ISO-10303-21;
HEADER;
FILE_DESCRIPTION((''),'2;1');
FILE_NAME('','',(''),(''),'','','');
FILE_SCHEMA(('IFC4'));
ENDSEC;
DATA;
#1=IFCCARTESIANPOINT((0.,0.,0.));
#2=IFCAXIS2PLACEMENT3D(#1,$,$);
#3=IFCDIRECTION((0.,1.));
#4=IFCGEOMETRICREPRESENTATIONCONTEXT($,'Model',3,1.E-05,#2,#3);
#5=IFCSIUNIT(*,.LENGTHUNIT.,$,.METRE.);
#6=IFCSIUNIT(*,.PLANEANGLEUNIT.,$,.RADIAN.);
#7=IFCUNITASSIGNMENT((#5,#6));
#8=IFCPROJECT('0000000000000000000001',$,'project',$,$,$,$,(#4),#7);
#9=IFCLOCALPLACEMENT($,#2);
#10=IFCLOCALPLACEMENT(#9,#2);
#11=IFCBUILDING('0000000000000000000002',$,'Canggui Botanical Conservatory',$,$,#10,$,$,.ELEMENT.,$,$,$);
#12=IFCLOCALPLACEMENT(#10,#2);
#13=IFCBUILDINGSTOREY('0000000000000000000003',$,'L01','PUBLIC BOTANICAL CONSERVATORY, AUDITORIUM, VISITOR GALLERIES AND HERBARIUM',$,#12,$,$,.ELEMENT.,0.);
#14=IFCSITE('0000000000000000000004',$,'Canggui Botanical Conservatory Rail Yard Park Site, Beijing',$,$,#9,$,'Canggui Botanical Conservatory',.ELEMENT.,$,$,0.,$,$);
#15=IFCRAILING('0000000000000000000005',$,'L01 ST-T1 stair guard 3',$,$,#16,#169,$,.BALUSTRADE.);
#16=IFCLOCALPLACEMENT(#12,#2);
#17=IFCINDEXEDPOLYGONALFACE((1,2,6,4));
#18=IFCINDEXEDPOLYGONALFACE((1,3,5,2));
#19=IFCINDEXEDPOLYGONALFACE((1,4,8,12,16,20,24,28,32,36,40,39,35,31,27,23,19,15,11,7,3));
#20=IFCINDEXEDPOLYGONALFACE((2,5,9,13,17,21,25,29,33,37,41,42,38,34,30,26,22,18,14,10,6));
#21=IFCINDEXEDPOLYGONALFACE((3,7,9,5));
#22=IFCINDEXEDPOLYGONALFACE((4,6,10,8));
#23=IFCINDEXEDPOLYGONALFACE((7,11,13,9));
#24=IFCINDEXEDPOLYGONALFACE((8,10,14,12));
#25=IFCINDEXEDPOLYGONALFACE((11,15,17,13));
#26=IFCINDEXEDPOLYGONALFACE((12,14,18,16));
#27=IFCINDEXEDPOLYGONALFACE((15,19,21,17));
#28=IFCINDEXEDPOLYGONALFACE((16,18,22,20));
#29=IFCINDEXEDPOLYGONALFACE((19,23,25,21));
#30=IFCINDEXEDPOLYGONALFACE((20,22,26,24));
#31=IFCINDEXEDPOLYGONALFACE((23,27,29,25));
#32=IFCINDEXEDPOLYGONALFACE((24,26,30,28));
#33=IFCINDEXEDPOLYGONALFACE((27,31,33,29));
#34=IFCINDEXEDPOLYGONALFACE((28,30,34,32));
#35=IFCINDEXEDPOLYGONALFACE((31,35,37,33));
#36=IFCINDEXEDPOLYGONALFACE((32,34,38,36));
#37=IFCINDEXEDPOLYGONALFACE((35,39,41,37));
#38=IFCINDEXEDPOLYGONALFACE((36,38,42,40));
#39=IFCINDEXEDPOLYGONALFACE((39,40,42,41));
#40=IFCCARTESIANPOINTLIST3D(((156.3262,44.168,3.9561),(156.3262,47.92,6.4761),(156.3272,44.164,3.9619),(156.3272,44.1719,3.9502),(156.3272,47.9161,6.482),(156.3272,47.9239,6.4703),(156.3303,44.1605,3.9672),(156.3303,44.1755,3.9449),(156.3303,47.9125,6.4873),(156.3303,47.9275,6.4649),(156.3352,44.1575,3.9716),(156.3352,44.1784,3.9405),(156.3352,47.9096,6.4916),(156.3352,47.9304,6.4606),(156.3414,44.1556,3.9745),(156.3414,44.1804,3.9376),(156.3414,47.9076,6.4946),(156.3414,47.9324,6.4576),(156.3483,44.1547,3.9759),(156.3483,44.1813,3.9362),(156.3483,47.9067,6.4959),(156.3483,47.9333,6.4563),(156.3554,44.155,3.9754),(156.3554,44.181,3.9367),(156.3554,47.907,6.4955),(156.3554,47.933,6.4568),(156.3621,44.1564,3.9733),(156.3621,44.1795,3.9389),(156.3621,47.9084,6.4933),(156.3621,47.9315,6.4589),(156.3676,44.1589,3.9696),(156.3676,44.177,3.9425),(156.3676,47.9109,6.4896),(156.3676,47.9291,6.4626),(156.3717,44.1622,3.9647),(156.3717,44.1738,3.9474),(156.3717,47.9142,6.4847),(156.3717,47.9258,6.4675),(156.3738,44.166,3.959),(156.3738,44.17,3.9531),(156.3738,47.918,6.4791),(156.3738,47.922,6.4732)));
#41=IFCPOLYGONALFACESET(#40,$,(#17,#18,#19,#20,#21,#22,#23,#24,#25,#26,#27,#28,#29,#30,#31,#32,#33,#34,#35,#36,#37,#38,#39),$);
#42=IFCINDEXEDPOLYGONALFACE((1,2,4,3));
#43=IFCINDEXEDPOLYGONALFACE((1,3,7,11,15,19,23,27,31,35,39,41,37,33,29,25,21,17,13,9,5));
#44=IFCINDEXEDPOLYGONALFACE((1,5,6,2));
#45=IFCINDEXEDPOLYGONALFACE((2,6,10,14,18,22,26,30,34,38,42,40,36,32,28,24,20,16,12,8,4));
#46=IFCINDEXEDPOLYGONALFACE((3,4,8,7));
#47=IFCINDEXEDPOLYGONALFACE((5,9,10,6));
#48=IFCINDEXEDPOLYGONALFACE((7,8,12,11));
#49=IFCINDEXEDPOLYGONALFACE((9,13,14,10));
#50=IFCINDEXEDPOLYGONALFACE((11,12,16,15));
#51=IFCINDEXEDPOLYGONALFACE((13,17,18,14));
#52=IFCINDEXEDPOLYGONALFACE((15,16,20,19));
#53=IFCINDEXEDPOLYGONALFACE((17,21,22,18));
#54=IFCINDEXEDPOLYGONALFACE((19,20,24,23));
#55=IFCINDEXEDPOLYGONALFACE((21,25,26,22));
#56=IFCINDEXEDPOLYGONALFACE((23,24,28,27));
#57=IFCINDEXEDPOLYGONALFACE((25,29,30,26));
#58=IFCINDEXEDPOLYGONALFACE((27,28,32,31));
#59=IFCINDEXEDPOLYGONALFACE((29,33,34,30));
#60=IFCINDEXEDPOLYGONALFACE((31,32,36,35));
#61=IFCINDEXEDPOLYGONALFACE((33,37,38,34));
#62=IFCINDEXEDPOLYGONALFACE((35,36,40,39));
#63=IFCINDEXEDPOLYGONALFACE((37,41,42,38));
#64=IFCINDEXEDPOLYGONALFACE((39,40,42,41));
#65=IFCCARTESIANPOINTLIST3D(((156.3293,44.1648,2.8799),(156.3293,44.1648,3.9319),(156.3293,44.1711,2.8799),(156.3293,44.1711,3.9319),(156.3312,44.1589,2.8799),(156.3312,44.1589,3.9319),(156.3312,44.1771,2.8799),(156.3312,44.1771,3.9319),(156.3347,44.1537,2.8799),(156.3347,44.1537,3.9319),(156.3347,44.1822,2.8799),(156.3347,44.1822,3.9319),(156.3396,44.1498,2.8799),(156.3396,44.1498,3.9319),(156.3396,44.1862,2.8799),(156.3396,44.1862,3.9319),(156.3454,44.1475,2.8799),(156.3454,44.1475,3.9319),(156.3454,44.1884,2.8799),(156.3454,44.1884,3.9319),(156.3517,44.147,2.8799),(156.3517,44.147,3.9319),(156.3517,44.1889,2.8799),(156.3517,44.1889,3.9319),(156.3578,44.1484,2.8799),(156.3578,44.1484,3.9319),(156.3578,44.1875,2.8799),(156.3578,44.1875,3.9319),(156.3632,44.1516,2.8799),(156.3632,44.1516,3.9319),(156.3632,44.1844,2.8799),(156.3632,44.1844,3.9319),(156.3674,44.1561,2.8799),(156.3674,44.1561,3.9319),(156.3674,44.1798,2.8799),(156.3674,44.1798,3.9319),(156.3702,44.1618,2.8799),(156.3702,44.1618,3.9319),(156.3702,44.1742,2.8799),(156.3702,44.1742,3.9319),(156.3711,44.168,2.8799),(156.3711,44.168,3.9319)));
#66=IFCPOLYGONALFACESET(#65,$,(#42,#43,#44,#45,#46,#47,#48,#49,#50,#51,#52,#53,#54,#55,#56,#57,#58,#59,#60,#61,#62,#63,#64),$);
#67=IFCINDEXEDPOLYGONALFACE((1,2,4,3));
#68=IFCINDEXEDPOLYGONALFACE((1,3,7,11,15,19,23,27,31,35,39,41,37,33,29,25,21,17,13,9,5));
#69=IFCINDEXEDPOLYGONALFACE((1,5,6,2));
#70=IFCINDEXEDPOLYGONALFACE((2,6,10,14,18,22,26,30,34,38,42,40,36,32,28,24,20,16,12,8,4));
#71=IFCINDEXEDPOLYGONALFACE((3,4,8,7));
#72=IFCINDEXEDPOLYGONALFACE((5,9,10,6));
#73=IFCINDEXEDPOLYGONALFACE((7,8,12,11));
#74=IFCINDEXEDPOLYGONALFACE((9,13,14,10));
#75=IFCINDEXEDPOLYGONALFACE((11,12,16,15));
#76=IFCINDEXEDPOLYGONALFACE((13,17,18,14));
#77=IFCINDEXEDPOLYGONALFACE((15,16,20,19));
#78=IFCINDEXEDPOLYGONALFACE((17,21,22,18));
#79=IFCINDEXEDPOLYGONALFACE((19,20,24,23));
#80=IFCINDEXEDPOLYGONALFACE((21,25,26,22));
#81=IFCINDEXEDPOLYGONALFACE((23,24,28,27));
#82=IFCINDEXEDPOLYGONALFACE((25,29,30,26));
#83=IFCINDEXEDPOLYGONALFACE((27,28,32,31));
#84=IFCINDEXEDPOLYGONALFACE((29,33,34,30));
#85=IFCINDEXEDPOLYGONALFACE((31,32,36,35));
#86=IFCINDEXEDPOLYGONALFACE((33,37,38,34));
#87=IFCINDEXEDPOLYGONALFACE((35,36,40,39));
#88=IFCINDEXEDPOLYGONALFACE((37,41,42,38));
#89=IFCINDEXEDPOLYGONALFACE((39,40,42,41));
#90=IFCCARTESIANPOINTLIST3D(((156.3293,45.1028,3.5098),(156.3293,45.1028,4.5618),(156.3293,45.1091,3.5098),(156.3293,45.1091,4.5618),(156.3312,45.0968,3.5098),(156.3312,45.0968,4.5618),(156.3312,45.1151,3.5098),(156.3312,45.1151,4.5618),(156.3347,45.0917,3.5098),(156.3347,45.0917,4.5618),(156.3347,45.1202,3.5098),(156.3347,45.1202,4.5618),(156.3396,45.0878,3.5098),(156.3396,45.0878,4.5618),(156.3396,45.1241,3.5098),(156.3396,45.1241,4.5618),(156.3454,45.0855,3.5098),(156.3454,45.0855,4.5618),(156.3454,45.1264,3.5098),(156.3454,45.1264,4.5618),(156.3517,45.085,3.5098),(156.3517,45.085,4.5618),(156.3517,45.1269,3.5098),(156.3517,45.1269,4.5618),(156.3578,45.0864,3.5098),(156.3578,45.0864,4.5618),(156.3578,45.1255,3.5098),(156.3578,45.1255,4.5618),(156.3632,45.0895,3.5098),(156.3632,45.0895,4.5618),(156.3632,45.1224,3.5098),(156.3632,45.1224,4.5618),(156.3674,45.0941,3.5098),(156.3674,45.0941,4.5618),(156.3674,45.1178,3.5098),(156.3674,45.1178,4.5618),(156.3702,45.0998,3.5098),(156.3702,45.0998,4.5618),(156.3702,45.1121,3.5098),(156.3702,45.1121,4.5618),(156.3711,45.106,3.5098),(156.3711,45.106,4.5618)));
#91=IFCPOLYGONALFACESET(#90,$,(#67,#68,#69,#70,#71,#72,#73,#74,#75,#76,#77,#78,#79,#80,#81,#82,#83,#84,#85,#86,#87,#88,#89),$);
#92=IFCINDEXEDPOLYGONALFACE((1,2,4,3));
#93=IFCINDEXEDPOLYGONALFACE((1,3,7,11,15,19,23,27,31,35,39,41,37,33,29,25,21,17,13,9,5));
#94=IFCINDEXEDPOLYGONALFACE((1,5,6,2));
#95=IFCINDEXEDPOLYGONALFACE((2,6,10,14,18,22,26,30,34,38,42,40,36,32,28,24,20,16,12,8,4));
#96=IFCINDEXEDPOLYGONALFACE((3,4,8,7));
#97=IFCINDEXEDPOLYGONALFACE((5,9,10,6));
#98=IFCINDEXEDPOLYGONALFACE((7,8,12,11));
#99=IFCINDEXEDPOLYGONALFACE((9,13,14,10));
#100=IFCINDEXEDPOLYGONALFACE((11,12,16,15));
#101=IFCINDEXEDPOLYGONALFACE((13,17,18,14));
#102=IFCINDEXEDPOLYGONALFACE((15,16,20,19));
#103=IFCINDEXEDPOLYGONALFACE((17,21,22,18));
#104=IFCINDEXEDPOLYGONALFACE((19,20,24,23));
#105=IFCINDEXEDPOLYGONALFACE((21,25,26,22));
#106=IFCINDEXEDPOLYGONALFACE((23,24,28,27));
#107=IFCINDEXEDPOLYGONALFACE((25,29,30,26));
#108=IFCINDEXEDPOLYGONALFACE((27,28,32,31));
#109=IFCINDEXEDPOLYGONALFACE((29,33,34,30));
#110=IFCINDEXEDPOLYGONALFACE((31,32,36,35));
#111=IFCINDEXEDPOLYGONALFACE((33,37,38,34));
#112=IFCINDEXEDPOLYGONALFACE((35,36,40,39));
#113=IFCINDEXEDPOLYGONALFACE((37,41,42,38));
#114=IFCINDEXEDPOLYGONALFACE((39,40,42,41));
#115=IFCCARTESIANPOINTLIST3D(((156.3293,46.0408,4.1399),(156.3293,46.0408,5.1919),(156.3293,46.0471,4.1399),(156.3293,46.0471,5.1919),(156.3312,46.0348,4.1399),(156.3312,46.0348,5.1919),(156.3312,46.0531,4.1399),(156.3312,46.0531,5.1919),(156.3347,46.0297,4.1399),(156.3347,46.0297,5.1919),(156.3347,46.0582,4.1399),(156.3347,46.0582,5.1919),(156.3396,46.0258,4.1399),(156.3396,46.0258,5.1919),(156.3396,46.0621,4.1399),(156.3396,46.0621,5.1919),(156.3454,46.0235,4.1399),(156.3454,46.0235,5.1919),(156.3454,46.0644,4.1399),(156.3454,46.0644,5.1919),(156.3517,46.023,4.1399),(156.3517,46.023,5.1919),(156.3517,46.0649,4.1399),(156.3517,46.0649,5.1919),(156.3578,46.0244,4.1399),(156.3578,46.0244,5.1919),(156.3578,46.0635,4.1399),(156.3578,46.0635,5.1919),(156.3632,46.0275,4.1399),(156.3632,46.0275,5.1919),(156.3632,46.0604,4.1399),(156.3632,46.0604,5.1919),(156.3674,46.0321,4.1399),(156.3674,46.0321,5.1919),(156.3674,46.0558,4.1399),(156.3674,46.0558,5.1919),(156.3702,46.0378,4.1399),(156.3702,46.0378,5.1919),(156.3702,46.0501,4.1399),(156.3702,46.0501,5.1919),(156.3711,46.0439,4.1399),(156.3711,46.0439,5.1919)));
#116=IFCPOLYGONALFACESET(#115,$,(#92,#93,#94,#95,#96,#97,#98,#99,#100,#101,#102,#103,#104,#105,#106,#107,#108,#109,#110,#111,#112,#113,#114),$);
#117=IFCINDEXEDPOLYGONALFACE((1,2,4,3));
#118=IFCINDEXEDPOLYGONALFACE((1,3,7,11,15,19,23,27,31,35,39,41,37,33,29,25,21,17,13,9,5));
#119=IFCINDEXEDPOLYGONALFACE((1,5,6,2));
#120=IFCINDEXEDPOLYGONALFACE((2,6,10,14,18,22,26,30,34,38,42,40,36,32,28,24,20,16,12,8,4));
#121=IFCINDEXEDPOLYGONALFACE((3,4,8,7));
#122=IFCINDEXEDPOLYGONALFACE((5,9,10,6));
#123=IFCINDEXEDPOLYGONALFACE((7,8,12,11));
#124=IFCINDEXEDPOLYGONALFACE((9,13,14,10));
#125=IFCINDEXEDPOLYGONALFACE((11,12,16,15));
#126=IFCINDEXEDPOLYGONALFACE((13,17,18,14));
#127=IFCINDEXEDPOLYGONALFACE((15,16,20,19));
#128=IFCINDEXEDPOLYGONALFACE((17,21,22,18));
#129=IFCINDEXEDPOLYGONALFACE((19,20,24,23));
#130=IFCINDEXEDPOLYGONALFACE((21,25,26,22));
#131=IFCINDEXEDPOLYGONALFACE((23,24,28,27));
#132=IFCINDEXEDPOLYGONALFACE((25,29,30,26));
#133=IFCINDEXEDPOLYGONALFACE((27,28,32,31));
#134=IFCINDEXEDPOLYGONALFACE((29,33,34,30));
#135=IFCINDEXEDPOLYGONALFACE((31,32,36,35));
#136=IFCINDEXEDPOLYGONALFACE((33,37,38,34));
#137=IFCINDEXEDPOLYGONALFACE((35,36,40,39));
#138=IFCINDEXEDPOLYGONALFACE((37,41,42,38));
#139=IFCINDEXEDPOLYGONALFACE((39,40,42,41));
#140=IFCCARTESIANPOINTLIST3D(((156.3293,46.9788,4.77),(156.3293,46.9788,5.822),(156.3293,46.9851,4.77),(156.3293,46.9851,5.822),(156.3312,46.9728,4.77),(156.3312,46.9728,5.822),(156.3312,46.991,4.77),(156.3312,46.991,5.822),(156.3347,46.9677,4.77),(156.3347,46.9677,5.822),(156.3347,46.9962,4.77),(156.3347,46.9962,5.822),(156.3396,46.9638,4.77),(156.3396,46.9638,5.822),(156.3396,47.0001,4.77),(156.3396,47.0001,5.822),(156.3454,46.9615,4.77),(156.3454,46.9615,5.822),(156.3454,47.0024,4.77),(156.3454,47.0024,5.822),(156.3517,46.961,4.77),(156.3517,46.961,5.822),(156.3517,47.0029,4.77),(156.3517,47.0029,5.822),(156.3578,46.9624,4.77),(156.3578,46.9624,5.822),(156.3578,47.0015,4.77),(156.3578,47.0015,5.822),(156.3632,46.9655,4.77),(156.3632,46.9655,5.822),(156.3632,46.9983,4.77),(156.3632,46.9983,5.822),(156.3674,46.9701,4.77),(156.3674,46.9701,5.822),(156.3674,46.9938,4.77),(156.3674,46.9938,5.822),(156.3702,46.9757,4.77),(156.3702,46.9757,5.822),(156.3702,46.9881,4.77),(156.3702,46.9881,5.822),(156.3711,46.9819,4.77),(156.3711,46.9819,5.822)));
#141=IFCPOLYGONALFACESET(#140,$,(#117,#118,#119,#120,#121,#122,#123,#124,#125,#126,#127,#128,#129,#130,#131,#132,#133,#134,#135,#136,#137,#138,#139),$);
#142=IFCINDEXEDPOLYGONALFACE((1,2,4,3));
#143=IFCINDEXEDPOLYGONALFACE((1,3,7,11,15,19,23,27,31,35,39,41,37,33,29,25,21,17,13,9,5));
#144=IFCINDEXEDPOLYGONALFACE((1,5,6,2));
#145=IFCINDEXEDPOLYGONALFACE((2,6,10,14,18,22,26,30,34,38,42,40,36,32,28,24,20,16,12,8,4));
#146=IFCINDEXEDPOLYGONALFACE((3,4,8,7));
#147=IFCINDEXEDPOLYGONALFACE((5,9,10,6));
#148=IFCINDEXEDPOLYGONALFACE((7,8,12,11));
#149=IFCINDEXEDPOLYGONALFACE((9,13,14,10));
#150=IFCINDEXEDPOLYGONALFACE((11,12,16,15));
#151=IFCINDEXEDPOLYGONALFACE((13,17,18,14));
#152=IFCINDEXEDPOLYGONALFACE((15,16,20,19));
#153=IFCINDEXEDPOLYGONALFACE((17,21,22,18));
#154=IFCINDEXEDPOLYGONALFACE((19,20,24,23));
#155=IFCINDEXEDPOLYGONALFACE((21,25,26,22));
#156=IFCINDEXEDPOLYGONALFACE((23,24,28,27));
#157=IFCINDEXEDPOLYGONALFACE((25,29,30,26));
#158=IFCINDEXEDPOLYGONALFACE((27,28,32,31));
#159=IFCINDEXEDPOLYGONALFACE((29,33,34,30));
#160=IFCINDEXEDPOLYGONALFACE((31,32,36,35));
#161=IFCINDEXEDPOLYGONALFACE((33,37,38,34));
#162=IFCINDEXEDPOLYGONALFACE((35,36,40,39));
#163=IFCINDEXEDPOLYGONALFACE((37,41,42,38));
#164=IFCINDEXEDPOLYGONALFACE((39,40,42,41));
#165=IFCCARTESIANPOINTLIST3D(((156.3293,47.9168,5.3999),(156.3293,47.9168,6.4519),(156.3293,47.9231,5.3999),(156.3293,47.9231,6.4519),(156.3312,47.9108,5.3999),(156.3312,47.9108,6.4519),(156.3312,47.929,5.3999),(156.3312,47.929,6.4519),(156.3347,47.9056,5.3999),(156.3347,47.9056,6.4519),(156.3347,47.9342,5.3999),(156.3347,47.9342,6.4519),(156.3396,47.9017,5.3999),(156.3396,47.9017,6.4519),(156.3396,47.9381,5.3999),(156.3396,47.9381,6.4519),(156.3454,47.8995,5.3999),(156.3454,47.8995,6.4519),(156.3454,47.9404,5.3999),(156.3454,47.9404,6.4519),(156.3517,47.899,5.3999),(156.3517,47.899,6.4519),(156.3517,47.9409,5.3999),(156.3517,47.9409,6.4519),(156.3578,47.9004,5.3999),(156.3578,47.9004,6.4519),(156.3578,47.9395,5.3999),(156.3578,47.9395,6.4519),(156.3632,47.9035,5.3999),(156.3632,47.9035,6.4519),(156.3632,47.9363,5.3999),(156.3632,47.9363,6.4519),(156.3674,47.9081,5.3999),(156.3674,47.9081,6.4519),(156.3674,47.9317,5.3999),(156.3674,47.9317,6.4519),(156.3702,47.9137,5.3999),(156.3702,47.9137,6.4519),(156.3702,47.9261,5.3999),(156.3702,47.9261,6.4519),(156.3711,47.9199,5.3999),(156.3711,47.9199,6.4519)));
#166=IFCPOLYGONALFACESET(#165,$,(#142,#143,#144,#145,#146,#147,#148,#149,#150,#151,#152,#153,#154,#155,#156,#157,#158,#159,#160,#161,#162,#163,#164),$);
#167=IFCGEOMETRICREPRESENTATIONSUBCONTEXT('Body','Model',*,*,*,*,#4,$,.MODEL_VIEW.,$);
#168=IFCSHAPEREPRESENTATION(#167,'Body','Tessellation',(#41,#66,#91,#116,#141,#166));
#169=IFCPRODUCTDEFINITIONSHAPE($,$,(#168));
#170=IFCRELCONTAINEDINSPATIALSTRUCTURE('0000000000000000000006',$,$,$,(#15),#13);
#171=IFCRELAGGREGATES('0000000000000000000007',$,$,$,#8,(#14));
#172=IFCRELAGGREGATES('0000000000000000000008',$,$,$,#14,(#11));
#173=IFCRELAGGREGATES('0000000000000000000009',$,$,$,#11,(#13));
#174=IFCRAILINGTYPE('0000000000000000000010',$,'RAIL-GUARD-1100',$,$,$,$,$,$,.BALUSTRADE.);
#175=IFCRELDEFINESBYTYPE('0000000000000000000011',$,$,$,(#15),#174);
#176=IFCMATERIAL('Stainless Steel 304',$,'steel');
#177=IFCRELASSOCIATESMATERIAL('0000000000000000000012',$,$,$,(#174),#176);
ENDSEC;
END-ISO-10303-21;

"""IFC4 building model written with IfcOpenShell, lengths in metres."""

from ifc_helpers import new_model, si_unit, direction, frame, origin, origin_2d, place, context, subcontext, project, spatial, circle, extrude, material, type_object, element, save


model = new_model("IFC4")

# Units and contexts
model_context = context("Model", 3, precision=1e-05, world=origin(), true_north=direction((0.0, 1.0)))
body_context = subcontext(model_context, "Body", "Model", "MODEL_VIEW")
ifc_project = project(units=[si_unit("LENGTHUNIT", "METRE"), si_unit("PLANEANGLEUNIT", "RADIAN")], contexts=[model_context])

# Site, building, storey
site_placement = place(None, origin())
site = spatial("IfcSite", under=ifc_project, at=site_placement, Name="Canggui Botanical Conservatory Rail Yard Park Site, Beijing", LongName="Canggui Botanical Conservatory", CompositionType="ELEMENT", RefElevation=0.0)
building_placement = place(site_placement, origin())
building = spatial("IfcBuilding", under=site, at=building_placement, Name="Canggui Botanical Conservatory", CompositionType="ELEMENT")
storey_placement = place(building_placement, origin())
storey = spatial("IfcBuildingStorey", under=building, at=storey_placement, Name="L01", Description="PUBLIC BOTANICAL CONSERVATORY, AUDITORIUM, VISITOR GALLERIES AND HERBARIUM", CompositionType="ELEMENT", Elevation=0.0)

# Railing
ifc_material_1 = material(Name="Stainless Steel 304", Category="steel")
railing_type_1 = type_object("IfcRailingType", Name="RAIL-GUARD-1100", PredefinedType="BALUSTRADE", material=ifc_material_1)
railing_1_placement = place(storey_placement, frame((156.3501, 44.168, 2.8799)))
element("IfcRailing", 1, at=railing_1_placement, inside=storey, type_object=railing_type_1, Name="L01 ST-T1 stair guard 3", PredefinedType="BALUSTRADE", context=body_context, shape_type="SweptSolid", body=[
    extrude(circle(Radius=0.0239, at=origin_2d()), frame((0.0, 0.0, 1.0762), z_axis=(0.0, 0.830134, 0.557564), x_axis=(-1.0, 0.0, 0.0)), (0.0, 0.0, 1.0), 4.5198),
    extrude(circle(Radius=0.021, at=origin_2d()), origin(), (0.0, 0.0, 1.0), 1.052),
    extrude(circle(Radius=0.021, at=origin_2d()), frame((0.0, 0.938, 0.6299)), (0.0, 0.0, 1.0), 1.052),
    extrude(circle(Radius=0.021, at=origin_2d()), frame((0.0, 1.876, 1.26)), (0.0, 0.0, 1.0), 1.052),
    extrude(circle(Radius=0.021, at=origin_2d()), frame((0.0, 2.814, 1.8901)), (0.0, 0.0, 1.0), 1.052),
    extrude(circle(Radius=0.021, at=origin_2d()), frame((0.0, 3.752, 2.52)), (0.0, 0.0, 1.0), 1.052),
])

save(model, "model.ifc")
